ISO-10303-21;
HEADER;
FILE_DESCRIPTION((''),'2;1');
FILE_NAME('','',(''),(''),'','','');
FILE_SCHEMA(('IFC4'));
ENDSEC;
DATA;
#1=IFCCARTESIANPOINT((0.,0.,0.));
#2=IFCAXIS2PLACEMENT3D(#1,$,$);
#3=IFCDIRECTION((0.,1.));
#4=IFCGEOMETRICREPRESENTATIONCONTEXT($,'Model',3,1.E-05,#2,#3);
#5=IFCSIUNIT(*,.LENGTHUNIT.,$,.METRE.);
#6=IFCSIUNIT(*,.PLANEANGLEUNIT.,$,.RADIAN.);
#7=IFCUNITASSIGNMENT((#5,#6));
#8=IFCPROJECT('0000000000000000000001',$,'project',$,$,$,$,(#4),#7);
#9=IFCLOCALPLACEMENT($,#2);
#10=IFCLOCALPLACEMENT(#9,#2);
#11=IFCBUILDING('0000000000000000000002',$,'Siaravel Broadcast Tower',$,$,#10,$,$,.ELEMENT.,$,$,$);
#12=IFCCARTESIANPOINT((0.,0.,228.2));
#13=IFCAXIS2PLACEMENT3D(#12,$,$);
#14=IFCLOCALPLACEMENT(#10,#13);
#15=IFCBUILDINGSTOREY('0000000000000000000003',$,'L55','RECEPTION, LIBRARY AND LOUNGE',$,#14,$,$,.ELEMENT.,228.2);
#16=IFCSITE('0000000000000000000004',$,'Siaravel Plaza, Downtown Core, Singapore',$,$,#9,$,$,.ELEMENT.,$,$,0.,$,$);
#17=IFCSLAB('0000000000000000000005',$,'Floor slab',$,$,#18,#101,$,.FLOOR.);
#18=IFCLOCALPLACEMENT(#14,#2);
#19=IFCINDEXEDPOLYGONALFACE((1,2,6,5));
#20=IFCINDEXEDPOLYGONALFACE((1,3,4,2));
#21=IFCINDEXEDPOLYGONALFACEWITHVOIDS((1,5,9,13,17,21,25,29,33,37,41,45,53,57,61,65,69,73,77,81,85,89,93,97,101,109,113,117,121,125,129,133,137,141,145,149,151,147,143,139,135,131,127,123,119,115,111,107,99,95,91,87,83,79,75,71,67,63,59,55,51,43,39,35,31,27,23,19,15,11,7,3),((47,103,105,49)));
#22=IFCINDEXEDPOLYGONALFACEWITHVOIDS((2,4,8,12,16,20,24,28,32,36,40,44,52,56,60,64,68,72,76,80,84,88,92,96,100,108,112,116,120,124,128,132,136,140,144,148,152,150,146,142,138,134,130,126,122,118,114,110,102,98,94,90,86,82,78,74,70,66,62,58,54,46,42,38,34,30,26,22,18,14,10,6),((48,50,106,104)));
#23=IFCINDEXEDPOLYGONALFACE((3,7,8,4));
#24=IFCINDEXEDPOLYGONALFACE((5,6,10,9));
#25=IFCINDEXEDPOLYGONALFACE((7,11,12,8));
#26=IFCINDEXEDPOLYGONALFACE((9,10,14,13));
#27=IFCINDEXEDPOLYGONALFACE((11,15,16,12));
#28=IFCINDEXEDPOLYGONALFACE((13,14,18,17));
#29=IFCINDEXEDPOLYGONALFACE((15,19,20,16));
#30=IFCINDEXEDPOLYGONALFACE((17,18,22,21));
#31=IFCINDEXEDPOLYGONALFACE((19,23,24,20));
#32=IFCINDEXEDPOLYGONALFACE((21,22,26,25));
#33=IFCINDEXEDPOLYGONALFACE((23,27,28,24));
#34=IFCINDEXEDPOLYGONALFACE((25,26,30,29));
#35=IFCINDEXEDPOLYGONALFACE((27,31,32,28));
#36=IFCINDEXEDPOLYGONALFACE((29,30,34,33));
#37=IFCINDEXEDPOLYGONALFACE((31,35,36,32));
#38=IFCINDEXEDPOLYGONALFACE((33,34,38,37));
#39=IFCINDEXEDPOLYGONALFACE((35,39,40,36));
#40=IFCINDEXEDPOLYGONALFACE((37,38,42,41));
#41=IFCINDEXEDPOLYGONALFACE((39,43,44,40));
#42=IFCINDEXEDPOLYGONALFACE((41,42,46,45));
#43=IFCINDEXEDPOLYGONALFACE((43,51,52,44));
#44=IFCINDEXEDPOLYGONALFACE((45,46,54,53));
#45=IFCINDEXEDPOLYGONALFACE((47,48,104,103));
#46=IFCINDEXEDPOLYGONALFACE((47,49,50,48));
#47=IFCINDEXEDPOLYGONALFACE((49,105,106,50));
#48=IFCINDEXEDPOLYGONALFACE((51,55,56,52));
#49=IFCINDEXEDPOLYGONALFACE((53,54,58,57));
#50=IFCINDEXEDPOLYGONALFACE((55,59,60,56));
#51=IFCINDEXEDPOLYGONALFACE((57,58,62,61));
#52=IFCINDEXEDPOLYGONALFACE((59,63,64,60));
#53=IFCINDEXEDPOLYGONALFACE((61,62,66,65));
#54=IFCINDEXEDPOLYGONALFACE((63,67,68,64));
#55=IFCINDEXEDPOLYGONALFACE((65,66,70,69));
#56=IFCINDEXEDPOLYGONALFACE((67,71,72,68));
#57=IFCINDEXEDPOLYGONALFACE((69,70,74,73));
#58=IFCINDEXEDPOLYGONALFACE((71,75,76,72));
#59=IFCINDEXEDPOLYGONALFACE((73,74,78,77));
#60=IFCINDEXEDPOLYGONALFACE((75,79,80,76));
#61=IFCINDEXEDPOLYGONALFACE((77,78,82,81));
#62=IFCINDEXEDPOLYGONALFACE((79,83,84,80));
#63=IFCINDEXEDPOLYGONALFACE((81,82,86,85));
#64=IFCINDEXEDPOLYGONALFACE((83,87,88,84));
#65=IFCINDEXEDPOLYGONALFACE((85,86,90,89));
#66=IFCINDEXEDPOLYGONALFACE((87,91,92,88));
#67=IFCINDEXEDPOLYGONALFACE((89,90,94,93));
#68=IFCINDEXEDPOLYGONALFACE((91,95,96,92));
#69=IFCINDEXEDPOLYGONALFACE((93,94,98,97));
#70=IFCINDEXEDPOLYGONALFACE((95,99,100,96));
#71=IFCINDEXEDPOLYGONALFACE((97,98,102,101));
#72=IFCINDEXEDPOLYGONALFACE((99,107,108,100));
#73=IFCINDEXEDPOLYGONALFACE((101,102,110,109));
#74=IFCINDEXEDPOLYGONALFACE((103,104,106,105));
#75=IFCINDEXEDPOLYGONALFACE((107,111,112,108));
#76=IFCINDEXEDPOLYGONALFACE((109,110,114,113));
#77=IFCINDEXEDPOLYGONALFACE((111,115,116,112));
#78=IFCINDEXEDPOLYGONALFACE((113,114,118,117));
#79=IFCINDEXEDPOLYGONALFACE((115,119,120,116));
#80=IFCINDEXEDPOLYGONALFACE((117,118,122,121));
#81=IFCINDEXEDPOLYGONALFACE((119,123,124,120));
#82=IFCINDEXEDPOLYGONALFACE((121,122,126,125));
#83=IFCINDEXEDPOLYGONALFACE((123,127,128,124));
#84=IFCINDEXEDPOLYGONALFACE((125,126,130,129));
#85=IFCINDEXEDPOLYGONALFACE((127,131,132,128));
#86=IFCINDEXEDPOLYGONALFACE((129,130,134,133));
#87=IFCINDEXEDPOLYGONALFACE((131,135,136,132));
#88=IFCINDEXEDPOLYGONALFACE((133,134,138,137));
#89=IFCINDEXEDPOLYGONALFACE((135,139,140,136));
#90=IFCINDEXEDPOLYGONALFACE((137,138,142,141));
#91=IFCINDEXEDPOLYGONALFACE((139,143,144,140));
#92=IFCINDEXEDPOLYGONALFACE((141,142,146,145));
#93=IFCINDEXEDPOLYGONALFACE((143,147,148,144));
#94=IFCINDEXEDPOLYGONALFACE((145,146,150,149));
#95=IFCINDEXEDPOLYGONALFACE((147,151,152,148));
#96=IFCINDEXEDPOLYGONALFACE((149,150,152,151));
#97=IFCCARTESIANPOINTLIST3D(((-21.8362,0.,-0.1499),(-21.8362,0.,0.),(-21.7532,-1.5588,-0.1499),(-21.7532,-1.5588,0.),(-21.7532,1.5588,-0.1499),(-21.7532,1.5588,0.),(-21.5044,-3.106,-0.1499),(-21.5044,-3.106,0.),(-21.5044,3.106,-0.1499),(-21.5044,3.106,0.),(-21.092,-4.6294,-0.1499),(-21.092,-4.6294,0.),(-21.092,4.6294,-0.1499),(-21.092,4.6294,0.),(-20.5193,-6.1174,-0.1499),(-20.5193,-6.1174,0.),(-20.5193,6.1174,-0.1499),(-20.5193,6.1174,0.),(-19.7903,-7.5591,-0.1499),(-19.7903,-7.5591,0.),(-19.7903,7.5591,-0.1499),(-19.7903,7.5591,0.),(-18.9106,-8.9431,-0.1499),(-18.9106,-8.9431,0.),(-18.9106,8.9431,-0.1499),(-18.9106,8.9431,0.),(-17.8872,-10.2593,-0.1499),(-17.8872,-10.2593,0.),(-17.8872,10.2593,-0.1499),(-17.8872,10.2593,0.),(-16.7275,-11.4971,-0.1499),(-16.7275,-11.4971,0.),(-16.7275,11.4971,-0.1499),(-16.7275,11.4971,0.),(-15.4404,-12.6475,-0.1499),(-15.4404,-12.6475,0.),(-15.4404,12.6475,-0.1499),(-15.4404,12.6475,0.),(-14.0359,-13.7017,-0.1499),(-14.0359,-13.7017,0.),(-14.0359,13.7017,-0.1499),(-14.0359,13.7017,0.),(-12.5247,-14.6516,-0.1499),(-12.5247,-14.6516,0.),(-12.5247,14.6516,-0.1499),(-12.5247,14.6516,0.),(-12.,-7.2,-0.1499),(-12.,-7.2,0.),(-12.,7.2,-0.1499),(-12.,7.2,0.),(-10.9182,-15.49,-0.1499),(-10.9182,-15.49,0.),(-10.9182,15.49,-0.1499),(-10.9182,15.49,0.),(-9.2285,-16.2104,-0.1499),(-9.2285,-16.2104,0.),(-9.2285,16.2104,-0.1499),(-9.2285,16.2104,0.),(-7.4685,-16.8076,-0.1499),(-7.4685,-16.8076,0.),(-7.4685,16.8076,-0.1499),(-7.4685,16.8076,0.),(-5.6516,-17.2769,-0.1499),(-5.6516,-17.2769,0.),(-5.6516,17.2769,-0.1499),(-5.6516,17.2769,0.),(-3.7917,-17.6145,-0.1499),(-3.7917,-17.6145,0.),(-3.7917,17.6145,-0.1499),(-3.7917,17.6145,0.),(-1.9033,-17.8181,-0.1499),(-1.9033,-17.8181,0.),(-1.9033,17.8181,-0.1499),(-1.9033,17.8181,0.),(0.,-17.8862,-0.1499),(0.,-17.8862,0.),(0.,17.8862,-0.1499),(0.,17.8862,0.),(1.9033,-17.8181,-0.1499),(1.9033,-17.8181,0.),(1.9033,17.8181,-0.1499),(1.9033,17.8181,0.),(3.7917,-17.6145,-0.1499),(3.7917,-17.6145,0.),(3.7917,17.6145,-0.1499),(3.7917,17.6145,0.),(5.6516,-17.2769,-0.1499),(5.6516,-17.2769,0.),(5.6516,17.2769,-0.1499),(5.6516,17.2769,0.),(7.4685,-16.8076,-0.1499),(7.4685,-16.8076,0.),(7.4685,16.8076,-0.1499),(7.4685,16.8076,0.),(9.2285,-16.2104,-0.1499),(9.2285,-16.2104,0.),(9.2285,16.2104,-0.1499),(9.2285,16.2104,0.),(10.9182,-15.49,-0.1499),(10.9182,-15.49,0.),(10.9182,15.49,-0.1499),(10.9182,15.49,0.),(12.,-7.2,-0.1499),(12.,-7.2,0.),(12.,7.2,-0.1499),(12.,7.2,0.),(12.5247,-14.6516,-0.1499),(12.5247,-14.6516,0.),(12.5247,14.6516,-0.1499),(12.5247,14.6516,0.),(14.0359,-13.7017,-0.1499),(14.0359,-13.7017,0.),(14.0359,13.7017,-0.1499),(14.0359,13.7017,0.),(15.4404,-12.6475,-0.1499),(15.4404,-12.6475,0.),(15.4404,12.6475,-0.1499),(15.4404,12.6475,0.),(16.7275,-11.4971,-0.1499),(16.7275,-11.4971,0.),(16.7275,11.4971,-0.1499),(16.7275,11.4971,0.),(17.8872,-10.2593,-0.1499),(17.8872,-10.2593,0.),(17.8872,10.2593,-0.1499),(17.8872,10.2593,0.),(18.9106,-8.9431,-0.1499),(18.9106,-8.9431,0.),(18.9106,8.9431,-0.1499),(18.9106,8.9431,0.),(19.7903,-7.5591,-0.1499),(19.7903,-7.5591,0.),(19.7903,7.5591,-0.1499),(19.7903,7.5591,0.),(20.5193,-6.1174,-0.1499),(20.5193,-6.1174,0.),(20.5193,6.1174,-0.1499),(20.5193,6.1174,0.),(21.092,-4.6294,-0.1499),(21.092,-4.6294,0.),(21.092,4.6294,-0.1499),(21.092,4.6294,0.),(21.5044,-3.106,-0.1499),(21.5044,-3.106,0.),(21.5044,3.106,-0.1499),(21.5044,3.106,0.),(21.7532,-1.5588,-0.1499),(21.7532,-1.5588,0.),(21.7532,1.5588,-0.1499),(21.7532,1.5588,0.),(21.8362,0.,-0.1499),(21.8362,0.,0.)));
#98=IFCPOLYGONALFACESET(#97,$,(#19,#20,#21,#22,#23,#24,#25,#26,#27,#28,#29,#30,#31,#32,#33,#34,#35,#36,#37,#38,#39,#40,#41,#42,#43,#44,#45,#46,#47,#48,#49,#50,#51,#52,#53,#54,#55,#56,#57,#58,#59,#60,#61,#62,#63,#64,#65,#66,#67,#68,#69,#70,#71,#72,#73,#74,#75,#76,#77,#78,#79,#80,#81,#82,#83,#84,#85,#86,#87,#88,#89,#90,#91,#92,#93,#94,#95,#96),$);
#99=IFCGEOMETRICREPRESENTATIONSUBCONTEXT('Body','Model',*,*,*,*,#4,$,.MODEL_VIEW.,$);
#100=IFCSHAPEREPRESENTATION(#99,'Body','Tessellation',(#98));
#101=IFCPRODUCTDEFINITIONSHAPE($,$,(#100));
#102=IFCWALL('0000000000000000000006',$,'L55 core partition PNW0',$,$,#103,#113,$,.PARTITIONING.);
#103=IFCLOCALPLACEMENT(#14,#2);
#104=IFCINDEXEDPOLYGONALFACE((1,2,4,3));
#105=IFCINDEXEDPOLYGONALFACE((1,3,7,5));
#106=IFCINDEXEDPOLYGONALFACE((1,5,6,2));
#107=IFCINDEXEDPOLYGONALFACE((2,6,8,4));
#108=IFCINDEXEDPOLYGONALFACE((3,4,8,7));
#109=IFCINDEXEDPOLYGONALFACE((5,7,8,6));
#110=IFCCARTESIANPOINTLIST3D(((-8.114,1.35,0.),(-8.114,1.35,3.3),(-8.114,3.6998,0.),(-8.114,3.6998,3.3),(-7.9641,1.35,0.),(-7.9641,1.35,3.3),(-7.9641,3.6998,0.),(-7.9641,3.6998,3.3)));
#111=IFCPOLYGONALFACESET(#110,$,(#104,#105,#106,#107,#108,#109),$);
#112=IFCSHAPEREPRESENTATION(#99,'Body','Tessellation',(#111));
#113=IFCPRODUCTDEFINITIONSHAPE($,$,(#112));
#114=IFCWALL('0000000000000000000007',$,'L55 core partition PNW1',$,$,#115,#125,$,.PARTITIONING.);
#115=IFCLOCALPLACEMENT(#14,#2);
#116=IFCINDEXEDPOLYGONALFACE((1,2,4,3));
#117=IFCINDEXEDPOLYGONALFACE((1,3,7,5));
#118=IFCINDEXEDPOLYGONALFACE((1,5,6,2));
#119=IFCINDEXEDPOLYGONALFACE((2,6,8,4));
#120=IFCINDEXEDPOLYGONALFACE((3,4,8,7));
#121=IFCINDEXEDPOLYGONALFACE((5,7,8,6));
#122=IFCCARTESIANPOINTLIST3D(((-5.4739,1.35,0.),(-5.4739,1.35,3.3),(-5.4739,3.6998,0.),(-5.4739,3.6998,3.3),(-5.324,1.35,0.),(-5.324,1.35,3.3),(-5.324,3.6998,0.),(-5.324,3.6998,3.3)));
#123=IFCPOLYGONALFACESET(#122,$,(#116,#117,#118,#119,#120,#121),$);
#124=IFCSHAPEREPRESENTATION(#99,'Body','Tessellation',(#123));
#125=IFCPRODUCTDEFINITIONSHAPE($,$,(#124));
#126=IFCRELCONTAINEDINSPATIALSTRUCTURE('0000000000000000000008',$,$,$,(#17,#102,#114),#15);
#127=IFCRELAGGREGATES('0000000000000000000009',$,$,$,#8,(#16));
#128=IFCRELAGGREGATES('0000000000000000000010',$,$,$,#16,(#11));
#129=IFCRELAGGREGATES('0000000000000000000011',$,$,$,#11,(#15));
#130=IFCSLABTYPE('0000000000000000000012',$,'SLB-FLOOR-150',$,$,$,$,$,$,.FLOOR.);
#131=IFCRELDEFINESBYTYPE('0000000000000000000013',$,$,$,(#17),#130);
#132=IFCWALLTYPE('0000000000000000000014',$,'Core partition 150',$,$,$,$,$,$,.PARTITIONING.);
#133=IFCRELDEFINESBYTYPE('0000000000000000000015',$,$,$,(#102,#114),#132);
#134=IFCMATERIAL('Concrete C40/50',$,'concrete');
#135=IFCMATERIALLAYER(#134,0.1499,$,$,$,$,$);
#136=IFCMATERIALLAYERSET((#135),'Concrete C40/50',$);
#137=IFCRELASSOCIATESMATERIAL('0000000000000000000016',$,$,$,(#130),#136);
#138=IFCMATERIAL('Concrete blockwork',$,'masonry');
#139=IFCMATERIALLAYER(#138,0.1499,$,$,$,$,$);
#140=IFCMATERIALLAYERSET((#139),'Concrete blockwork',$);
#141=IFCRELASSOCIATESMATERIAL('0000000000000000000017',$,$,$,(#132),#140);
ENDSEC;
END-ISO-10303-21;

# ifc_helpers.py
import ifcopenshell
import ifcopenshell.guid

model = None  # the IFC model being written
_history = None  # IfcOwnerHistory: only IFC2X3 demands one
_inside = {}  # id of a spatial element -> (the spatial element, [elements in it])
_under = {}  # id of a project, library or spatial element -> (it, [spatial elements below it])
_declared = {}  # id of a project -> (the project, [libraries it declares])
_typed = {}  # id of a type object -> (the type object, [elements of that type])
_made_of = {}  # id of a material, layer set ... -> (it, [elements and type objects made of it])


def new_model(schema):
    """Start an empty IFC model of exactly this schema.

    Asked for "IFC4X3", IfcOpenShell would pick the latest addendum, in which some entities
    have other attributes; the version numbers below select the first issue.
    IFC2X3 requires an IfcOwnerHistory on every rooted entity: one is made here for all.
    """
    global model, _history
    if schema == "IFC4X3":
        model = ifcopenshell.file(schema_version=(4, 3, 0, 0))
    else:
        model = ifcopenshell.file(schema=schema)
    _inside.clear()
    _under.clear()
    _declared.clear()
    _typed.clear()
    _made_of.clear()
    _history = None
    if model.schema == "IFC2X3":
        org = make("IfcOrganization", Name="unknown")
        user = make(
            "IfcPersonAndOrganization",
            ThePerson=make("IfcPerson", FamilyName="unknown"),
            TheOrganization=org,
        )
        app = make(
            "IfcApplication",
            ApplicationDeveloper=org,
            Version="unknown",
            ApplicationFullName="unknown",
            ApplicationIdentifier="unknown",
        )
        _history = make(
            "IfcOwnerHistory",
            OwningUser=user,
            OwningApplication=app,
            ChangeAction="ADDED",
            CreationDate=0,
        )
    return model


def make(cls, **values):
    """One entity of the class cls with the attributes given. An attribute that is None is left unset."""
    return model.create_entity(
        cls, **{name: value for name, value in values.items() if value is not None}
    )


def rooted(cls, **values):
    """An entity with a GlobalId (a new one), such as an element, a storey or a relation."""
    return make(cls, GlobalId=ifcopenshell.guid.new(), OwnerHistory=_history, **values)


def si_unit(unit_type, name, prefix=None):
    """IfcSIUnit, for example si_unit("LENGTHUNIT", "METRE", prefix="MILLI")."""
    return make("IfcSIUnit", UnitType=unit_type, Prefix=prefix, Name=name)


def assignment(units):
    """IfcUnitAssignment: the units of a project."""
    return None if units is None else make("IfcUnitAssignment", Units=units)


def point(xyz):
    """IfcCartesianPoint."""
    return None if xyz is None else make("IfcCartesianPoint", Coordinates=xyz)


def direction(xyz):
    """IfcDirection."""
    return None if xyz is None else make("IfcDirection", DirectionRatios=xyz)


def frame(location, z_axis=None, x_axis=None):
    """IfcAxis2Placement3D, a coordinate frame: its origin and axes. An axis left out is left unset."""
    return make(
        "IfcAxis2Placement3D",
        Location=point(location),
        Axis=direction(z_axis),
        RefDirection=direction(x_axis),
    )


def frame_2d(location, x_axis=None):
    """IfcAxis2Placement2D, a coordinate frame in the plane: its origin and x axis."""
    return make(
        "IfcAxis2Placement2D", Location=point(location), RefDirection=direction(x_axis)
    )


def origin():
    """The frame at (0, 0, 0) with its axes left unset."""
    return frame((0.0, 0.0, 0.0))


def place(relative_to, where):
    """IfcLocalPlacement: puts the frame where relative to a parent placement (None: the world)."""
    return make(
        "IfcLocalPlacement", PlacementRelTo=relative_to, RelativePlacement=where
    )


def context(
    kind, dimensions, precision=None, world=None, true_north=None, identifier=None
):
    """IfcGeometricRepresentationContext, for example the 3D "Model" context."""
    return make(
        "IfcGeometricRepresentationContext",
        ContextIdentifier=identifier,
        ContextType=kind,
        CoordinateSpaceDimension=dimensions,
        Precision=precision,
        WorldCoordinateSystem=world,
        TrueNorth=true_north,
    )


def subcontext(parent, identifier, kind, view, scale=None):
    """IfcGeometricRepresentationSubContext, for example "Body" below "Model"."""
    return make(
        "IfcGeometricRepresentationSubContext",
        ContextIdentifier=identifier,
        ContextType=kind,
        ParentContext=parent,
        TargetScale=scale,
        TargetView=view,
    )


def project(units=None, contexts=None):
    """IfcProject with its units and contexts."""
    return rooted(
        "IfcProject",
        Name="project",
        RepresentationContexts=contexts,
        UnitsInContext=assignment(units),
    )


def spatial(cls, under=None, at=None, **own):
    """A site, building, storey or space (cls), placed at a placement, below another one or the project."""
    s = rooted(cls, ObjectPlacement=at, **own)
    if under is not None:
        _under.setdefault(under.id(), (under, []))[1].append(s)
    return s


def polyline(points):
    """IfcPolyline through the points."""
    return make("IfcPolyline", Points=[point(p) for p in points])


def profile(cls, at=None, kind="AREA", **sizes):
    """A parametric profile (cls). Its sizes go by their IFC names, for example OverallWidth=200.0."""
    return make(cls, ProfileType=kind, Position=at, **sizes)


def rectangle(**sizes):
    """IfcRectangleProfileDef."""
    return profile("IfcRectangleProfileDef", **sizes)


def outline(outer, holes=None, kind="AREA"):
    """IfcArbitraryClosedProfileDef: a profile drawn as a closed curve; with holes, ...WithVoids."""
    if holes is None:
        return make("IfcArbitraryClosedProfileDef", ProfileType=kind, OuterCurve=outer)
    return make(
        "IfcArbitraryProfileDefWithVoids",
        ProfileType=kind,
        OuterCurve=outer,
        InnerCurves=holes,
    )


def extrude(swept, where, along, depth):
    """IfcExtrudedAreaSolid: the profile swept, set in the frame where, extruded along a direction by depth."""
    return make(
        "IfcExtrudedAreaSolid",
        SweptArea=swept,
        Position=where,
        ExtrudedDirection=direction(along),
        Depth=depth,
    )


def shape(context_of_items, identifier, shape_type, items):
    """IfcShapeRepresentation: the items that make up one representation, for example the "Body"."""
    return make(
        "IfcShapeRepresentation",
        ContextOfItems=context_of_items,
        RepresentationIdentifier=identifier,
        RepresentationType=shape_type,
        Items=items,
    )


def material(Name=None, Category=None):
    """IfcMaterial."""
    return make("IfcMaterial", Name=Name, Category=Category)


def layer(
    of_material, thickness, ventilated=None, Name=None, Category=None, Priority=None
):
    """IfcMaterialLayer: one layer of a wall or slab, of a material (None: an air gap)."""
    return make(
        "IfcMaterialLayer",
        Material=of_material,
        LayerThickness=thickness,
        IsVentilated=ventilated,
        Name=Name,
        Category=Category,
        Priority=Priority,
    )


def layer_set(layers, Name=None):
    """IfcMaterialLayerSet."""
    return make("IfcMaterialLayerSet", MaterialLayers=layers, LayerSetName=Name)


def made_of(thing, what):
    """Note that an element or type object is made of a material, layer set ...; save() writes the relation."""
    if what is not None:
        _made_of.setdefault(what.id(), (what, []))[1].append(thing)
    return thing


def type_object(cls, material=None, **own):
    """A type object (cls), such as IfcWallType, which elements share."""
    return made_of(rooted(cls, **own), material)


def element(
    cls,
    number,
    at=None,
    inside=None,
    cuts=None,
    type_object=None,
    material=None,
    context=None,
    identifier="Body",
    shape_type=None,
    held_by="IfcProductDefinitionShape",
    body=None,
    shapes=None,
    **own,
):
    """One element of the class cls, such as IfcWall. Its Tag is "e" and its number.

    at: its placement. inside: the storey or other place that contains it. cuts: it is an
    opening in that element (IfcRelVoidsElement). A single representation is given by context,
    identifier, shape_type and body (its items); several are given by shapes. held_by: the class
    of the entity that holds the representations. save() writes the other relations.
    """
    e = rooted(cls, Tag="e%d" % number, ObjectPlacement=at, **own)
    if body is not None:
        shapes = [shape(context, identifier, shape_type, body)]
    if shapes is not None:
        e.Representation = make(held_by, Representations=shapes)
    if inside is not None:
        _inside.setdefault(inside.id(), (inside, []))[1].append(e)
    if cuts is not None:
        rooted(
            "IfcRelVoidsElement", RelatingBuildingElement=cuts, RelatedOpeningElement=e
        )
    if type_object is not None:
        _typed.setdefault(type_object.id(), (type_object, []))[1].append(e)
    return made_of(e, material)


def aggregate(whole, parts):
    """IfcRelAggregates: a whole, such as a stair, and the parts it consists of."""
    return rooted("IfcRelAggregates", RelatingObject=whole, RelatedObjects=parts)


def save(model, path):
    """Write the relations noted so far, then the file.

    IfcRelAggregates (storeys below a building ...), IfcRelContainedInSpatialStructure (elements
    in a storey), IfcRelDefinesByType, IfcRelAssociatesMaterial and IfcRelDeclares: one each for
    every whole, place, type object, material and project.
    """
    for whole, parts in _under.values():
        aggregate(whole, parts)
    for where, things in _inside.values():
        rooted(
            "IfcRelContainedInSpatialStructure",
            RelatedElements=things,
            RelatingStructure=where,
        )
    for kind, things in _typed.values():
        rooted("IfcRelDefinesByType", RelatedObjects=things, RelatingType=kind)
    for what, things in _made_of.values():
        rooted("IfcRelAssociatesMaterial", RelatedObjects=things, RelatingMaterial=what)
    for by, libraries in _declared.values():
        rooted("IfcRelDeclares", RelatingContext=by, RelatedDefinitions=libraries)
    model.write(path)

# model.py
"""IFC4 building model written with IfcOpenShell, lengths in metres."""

from ifc_helpers import new_model, si_unit, direction, frame, frame_2d, origin, place, context, subcontext, project, spatial, polyline, rectangle, outline, extrude, material, layer, layer_set, type_object, element, save


model = new_model("IFC4")

# Units and contexts
model_context = context("Model", 3, precision=1e-05, world=origin(), true_north=direction((0.0, 1.0)))
body_context = subcontext(model_context, "Body", "Model", "MODEL_VIEW")
ifc_project = project(units=[si_unit("LENGTHUNIT", "METRE"), si_unit("PLANEANGLEUNIT", "RADIAN")], contexts=[model_context])

# Site, building, storey
site_placement = place(None, origin())
site = spatial("IfcSite", under=ifc_project, at=site_placement, Name="Siaravel Plaza, Downtown Core, Singapore", CompositionType="ELEMENT", RefElevation=0.0)
building_placement = place(site_placement, origin())
building = spatial("IfcBuilding", under=site, at=building_placement, Name="Siaravel Broadcast Tower", CompositionType="ELEMENT")
storey_placement = place(building_placement, frame((0.0, 0.0, 228.2)))
storey = spatial("IfcBuildingStorey", under=building, at=storey_placement, Name="L55", Description="RECEPTION, LIBRARY AND LOUNGE", CompositionType="ELEMENT", Elevation=228.2)

# Slab
ifc_material_1 = material(Name="Concrete C40/50", Category="concrete")
ifc_layer_1 = layer(ifc_material_1, 0.1499)
ifc_layer_set_1 = layer_set([ifc_layer_1], Name="Concrete C40/50")
slab_type = type_object("IfcSlabType", Name="SLB-FLOOR-150", PredefinedType="FLOOR", material=ifc_layer_set_1)
slab_placement = place(storey_placement, frame((0.0, 0.0, -0.1499)))
element("IfcSlab", 1, at=slab_placement, inside=storey, type_object=slab_type, Name="Floor slab", PredefinedType="FLOOR", context=body_context, shape_type="SweptSolid", body=[
    extrude(outline(polyline([(21.8362, 0.0), (21.7532, 1.5588), (21.5044, 3.106), (21.092, 4.6294), (20.5193, 6.1174), (19.7903, 7.5591), (18.9106, 8.9431), (17.8872, 10.2593), (16.7275, 11.4971), (15.4404, 12.6475), (14.0359, 13.7017), (12.5247, 14.6516), (10.9182, 15.49), (9.2285, 16.2104), (7.4685, 16.8076), (5.6516, 17.2769), (3.7917, 17.6145), (1.9033, 17.8181), (0.0, 17.8862), (-1.9033, 17.8181), (-3.7917, 17.6145), (-5.6516, 17.2769), (-7.4685, 16.8076), (-9.2285, 16.2104), (-10.9182, 15.49), (-12.5247, 14.6516), (-14.0359, 13.7017), (-15.4404, 12.6475), (-16.7275, 11.4971), (-17.8872, 10.2593), (-18.9106, 8.9431), (-19.7903, 7.5591), (-20.5193, 6.1174), (-21.092, 4.6294), (-21.5044, 3.106), (-21.7532, 1.5588), (-21.8362, 0.0), (-21.7532, -1.5588), (-21.5044, -3.106), (-21.092, -4.6294), (-20.5193, -6.1174), (-19.7903, -7.5591), (-18.9106, -8.9431), (-17.8872, -10.2593), (-16.7275, -11.4971), (-15.4404, -12.6475), (-14.0359, -13.7017), (-12.5247, -14.6516), (-10.9182, -15.49), (-9.2285, -16.2104), (-7.4685, -16.8076), (-5.6516, -17.2769), (-3.7917, -17.6145), (-1.9033, -17.8181), (0.0, -17.8862), (1.9033, -17.8181), (3.7917, -17.6145), (5.6516, -17.2769), (7.4685, -16.8076), (9.2285, -16.2104), (10.9182, -15.49), (12.5247, -14.6516), (14.0359, -13.7017), (15.4404, -12.6475), (16.7275, -11.4971), (17.8872, -10.2593), (18.9106, -8.9431), (19.7903, -7.5591), (20.5193, -6.1174), (21.092, -4.6294), (21.5044, -3.106), (21.7532, -1.5588), (21.8362, 0.0)]), holes=[polyline([(-12.0, 7.2), (12.0, 7.2), (12.0, -7.2), (-12.0, -7.2), (-12.0, 7.2)])]), origin(), (0.0, 0.0, 1.0), 0.1499),
])

# Walls
ifc_material_2 = material(Name="Concrete blockwork", Category="masonry")
ifc_layer_2 = layer(ifc_material_2, 0.1499)
ifc_layer_set_2 = layer_set([ifc_layer_2], Name="Concrete blockwork")
wall_type_1 = type_object("IfcWallType", Name="Core partition 150", PredefinedType="PARTITIONING", material=ifc_layer_set_2)
for number, where, z_axis, x_axis, name in (
    (2, (-8.0391, 1.3501, 0.0), (0.0, 0.0, 1.0), (0.0, 1.0, 0.0), "L55 core partition PNW0"),
    (3, (-5.3989, 1.3501, 0.0), (0.0, 0.0, 1.0), (0.0, 1.0, 0.0), "L55 core partition PNW1"),
):
    element("IfcWall", number, at=place(storey_placement, frame(where, z_axis=z_axis, x_axis=x_axis)), inside=storey, type_object=wall_type_1, Name=name, PredefinedType="PARTITIONING", context=body_context, shape_type="SweptSolid", body=[
        extrude(rectangle(XDim=2.3499, YDim=0.1499, at=frame_2d((1.1748, 0.0))), origin(), (0.0, 0.0, 1.0), 3.3),
    ])

save(model, "model.ifc")
